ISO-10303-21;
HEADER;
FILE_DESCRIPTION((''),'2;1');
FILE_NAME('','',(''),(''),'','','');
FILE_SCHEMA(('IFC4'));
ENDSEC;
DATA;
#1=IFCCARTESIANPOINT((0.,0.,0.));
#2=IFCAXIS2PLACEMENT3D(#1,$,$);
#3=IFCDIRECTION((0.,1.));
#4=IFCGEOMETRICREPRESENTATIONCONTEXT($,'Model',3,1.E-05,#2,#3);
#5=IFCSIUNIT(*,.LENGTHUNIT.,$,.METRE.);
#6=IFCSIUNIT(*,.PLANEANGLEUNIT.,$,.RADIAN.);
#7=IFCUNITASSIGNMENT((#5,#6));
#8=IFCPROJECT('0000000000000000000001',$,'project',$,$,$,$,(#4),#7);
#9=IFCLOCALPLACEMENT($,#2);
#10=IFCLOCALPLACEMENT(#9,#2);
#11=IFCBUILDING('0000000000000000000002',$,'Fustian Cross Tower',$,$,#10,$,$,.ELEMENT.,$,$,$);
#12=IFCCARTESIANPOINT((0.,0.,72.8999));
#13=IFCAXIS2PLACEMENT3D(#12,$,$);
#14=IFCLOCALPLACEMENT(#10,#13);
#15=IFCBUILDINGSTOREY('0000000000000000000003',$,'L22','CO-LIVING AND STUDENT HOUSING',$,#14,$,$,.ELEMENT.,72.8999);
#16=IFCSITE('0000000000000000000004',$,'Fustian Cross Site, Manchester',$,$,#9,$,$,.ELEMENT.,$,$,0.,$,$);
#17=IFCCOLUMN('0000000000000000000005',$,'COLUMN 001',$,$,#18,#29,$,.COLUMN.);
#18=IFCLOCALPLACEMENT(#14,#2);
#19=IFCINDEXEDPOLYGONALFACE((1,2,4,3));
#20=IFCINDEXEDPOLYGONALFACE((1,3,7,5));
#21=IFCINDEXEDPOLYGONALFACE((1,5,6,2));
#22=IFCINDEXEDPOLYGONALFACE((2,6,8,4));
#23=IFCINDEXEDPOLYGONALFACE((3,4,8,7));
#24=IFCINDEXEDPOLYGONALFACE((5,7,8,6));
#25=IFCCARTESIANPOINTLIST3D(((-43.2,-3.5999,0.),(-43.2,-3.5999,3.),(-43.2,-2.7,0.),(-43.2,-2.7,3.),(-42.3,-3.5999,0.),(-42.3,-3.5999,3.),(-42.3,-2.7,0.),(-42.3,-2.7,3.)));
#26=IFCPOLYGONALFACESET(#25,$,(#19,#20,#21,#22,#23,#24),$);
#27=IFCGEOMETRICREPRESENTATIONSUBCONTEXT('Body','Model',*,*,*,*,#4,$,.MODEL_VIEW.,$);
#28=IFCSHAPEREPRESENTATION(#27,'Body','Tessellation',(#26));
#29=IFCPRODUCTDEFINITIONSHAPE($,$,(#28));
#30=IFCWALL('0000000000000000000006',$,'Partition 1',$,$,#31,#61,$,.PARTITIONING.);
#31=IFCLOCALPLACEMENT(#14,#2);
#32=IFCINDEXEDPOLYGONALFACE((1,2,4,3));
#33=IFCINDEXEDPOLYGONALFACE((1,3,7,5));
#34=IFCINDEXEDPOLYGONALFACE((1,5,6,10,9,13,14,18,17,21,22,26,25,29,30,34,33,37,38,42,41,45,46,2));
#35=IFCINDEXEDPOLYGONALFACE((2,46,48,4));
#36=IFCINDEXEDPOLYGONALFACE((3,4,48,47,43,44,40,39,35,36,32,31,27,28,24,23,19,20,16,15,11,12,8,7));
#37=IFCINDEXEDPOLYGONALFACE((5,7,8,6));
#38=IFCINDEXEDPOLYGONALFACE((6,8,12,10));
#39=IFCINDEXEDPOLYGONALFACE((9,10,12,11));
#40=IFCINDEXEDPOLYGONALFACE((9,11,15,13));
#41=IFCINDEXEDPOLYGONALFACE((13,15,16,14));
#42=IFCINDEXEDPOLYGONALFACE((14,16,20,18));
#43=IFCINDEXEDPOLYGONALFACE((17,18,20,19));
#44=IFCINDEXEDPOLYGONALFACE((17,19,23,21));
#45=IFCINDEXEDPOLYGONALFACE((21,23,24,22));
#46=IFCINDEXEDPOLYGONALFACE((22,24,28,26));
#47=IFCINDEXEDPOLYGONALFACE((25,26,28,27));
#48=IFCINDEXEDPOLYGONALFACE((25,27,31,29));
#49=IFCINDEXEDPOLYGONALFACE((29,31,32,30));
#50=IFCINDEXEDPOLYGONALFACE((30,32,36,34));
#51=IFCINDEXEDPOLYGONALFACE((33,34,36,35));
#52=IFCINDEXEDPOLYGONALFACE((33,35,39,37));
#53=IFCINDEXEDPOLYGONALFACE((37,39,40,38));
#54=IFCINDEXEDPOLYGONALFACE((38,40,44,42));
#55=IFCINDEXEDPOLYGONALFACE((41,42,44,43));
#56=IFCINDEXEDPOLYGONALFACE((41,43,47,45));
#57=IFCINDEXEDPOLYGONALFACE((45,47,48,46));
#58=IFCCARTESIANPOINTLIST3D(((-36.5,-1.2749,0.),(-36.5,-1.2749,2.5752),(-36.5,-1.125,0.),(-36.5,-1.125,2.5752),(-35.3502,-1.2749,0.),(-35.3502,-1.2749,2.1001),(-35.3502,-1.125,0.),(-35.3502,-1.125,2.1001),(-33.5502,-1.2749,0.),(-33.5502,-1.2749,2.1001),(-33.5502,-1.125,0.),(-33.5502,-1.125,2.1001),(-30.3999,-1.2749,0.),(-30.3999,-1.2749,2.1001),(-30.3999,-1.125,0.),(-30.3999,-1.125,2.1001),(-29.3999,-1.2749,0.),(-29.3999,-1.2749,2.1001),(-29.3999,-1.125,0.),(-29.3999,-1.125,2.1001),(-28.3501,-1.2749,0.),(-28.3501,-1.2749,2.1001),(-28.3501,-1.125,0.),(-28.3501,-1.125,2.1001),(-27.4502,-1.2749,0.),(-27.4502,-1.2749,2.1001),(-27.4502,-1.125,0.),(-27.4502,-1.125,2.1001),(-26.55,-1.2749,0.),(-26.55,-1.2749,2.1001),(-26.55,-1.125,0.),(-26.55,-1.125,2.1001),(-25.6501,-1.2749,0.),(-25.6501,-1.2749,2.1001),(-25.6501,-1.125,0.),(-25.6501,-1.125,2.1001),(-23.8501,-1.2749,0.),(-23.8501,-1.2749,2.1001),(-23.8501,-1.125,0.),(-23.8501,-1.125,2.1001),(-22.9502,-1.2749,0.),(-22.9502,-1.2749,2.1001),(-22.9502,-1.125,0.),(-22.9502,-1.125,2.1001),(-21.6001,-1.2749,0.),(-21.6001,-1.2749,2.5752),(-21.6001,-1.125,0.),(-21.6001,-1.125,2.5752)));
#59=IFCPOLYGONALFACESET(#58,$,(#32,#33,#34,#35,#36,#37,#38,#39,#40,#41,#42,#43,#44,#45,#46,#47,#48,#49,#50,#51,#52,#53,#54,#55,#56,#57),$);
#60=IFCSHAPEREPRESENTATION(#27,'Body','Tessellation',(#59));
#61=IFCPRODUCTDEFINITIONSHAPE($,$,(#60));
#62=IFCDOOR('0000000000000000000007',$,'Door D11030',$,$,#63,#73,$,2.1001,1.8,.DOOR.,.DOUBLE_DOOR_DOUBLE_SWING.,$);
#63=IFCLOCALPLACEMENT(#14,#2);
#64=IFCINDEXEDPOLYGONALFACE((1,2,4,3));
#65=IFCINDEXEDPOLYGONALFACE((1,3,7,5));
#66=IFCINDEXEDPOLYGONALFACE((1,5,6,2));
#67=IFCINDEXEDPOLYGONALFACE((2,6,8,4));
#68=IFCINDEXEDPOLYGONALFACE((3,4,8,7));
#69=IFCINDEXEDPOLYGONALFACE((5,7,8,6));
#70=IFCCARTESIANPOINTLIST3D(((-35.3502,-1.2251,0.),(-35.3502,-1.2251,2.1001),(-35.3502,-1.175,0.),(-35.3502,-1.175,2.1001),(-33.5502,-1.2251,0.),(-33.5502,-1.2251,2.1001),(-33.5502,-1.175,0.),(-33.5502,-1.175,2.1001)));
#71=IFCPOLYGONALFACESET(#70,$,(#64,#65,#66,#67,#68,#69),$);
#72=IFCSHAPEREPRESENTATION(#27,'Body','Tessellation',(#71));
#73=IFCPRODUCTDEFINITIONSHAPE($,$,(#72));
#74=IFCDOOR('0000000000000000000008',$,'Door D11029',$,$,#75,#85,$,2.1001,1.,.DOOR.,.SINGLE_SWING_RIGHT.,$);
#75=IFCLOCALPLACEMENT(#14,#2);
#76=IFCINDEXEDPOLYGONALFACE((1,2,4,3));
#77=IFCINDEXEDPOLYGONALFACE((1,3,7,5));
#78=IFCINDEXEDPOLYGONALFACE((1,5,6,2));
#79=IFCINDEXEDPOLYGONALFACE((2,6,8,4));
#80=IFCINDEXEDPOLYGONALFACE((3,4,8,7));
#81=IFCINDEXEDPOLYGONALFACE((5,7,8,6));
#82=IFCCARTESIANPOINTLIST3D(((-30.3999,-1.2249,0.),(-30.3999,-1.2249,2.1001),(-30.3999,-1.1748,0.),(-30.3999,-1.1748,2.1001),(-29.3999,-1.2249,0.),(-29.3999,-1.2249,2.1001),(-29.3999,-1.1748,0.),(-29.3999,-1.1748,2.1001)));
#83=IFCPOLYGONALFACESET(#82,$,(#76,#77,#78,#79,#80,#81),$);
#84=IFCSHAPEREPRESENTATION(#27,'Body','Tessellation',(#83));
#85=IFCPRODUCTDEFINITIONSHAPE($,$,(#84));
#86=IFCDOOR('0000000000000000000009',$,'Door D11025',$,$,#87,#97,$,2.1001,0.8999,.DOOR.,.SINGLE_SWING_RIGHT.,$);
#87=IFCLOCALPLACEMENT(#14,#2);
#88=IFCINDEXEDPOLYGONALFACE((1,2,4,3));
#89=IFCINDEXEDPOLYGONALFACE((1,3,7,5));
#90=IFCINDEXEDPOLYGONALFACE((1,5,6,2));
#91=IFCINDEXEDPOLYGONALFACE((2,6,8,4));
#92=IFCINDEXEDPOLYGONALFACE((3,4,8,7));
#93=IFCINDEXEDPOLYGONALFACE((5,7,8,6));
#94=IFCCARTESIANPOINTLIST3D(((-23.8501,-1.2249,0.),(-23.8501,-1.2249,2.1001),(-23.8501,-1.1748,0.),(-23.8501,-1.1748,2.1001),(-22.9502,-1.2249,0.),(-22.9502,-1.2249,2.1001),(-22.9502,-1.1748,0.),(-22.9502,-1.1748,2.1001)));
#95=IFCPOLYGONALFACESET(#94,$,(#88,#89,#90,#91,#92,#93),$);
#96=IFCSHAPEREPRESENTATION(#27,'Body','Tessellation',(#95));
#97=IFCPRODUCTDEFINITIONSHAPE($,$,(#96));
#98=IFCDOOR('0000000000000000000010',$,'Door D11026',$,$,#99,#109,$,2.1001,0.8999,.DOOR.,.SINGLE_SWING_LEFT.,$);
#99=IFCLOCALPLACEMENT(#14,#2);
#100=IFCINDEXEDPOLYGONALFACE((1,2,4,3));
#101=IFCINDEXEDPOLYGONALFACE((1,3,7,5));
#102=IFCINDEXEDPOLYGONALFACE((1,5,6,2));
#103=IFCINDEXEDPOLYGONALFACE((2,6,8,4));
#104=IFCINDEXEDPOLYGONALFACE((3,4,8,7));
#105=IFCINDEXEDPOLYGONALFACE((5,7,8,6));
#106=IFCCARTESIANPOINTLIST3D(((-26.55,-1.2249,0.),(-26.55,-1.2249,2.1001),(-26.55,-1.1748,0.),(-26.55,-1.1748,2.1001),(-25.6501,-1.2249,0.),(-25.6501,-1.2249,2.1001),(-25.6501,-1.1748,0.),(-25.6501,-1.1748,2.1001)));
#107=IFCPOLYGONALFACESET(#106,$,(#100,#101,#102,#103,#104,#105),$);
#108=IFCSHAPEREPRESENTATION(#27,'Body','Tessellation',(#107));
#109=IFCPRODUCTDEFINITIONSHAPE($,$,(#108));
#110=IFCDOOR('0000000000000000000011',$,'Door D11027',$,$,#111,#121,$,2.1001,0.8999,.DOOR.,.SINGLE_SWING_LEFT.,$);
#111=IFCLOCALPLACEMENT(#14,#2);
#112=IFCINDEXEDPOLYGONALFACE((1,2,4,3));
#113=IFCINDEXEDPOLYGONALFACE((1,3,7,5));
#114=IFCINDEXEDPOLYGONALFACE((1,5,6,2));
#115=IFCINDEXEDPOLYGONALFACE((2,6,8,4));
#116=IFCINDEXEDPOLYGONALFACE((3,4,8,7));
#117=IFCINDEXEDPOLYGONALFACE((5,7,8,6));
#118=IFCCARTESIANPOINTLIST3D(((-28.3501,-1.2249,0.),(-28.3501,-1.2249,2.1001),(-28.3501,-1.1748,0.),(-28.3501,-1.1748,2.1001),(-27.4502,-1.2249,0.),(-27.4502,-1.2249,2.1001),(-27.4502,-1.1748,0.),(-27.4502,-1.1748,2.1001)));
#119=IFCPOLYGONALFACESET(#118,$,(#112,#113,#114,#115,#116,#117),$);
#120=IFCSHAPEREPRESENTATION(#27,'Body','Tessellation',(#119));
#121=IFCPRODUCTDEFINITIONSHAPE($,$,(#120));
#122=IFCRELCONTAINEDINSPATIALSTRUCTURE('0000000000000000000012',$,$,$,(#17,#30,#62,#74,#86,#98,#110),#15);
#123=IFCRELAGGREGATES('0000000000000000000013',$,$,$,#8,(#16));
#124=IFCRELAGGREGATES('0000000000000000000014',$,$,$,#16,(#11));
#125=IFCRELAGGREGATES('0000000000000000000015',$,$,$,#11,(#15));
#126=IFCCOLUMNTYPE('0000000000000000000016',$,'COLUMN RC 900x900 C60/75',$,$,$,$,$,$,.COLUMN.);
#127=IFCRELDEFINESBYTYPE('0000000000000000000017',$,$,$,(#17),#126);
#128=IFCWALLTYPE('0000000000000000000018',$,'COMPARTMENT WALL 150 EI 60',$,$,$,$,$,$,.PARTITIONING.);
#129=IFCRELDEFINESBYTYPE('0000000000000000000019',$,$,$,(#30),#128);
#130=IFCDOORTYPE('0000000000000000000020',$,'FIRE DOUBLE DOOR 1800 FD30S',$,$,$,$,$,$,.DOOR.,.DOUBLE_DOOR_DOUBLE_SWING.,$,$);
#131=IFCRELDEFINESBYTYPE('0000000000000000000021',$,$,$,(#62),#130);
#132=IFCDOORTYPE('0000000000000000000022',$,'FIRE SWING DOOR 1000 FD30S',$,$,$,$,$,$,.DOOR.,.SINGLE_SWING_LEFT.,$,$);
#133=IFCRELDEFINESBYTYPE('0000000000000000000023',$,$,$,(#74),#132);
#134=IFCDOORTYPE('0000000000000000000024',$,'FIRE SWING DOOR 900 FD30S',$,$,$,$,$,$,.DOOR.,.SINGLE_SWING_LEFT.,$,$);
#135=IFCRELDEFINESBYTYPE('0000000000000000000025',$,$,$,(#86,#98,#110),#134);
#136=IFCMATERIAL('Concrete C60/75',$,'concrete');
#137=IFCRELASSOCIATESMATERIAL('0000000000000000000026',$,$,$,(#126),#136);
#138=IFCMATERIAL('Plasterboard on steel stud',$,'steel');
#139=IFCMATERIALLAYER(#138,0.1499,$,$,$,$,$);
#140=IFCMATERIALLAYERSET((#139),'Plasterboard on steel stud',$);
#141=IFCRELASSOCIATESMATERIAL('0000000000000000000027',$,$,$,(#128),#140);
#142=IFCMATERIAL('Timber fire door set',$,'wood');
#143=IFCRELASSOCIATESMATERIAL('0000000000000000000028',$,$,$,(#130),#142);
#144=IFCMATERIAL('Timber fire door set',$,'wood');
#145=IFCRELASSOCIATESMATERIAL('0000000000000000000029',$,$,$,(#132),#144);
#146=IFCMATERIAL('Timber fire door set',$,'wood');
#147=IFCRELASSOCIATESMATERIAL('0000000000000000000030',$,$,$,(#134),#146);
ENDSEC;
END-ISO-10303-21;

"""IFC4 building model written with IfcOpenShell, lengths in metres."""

from ifc_helpers import new_model, si_unit, direction, frame, frame_2d, origin, origin_2d, place, context, subcontext, project, spatial, rectangle, extrude, material, layer, layer_set, material_profile, profile_set, type_object, element, fill, save


model = new_model("IFC4")

# Units and contexts
model_context = context("Model", 3, precision=1e-05, world=origin(), true_north=direction((0.0, 1.0)))
body_context = subcontext(model_context, "Body", "Model", "MODEL_VIEW")
ifc_project = project(units=[si_unit("LENGTHUNIT", "METRE"), si_unit("PLANEANGLEUNIT", "RADIAN")], contexts=[model_context])

# Site, building, storey
site_placement = place(None, origin())
site = spatial("IfcSite", under=ifc_project, at=site_placement, Name="Fustian Cross Site, Manchester", CompositionType="ELEMENT", RefElevation=0.0)
building_placement = place(site_placement, origin())
building = spatial("IfcBuilding", under=site, at=building_placement, Name="Fustian Cross Tower", CompositionType="ELEMENT")
storey_placement = place(building_placement, frame((0.0, 0.0, 72.8999)))
storey = spatial("IfcBuildingStorey", under=building, at=storey_placement, Name="L22", Description="CO-LIVING AND STUDENT HOUSING", CompositionType="ELEMENT", Elevation=72.8999)

# Column
ifc_material_1 = material(Name="Concrete C60/75", Category="concrete")
ifc_material_profile = material_profile(ifc_material_1, rectangle(XDim=0.8999, YDim=0.8999, at=origin_2d()), Name="RC 900x900")
ifc_profile_set = profile_set([ifc_material_profile], Name="Concrete C60/75")
column_type = type_object("IfcColumnType", Name="COLUMN RC 900x900 C60/75", PredefinedType="COLUMN", material=ifc_profile_set)
column_placement = place(storey_placement, frame((-42.75, -3.1499, 0.0), z_axis=(0.0, 0.0, 1.0), x_axis=(1.0, 0.0, 0.0)))
element("IfcColumn", 1, at=column_placement, inside=storey, type_object=column_type, Name="COLUMN 001", PredefinedType="COLUMN", context=body_context, shape_type="SweptSolid", body=[
    extrude(rectangle(XDim=0.8999, YDim=0.8999, at=origin_2d()), origin(), (0.0, 0.0, 1.0), 3.0),
])

# Wall, openings, doors
ifc_material_2 = material(Name="Plasterboard on steel stud", Category="steel")
ifc_layer_1 = layer(ifc_material_2, 0.1499)
ifc_layer_set_1 = layer_set([ifc_layer_1], Name="Plasterboard on steel stud")
wall_type_1 = type_object("IfcWallType", Name="COMPARTMENT WALL 150 EI 60", PredefinedType="PARTITIONING", material=ifc_layer_set_1)
wall_1_placement = place(storey_placement, frame((-36.5, -1.2, 0.0), z_axis=(0.0, 0.0, 1.0), x_axis=(1.0, 0.0, 0.0)))
wall_1 = element("IfcWall", 2, at=wall_1_placement, inside=storey, type_object=wall_type_1, Name="Partition 1", PredefinedType="PARTITIONING", context=body_context, shape_type="SweptSolid", body=[
    extrude(rectangle(XDim=14.8999, YDim=0.1499, at=frame_2d((7.45, 0.0))), origin(), (0.0, 0.0, 1.0), 2.5752),
])
opening_1_placement = place(wall_1_placement, frame((12.6499, 0.0, 0.0)))
opening_1 = element("IfcOpeningElement", 3, at=opening_1_placement, cuts=wall_1, PredefinedType="OPENING", context=body_context, shape_type="SweptSolid", body=[
    extrude(rectangle(XDim=0.8999, YDim=2.1001, at=frame_2d((0.45, 1.05))), frame((0.0, 0.085, 0.0), z_axis=(0.0, -1.0, 0.0), x_axis=(1.0, 0.0, 0.0)), (0.0, 0.0, 1.0), 0.1699),
])
opening_2_placement = place(wall_1_placement, frame((9.95, 0.0, 0.0)))
opening_2 = element("IfcOpeningElement", 4, at=opening_2_placement, cuts=wall_1, PredefinedType="OPENING", context=body_context, shape_type="SweptSolid", body=[
    extrude(rectangle(XDim=0.8999, YDim=2.1001, at=frame_2d((0.45, 1.05))), frame((0.0, 0.085, 0.0), z_axis=(0.0, -1.0, 0.0), x_axis=(1.0, 0.0, 0.0)), (0.0, 0.0, 1.0), 0.1699),
])
opening_3_placement = place(wall_1_placement, frame((8.1499, 0.0, 0.0)))
opening_3 = element("IfcOpeningElement", 5, at=opening_3_placement, cuts=wall_1, PredefinedType="OPENING", context=body_context, shape_type="SweptSolid", body=[
    extrude(rectangle(XDim=0.8999, YDim=2.1001, at=frame_2d((0.45, 1.05))), frame((0.0, 0.085, 0.0), z_axis=(0.0, -1.0, 0.0), x_axis=(1.0, 0.0, 0.0)), (0.0, 0.0, 1.0), 0.1699),
])
opening_4_placement = place(wall_1_placement, frame((6.1001, 0.0, 0.0)))
opening_4 = element("IfcOpeningElement", 6, at=opening_4_placement, cuts=wall_1, PredefinedType="OPENING", context=body_context, shape_type="SweptSolid", body=[
    extrude(rectangle(XDim=1.0, YDim=2.1001, at=frame_2d((0.5, 1.05))), frame((0.0, 0.085, 0.0), z_axis=(0.0, -1.0, 0.0), x_axis=(1.0, 0.0, 0.0)), (0.0, 0.0, 1.0), 0.1699),
])
opening_5_placement = place(wall_1_placement, frame((1.1499, 0.0, 0.0)))
opening_5 = element("IfcOpeningElement", 7, at=opening_5_placement, cuts=wall_1, PredefinedType="OPENING", context=body_context, shape_type="SweptSolid", body=[
    extrude(rectangle(XDim=1.8, YDim=2.1001, at=frame_2d((0.8999, 1.05))), frame((0.0, 0.085, 0.0), z_axis=(0.0, -1.0, 0.0), x_axis=(1.0, 0.0, 0.0)), (0.0, 0.0, 1.0), 0.1699),
])
ifc_material_3 = material(Name="Timber fire door set", Category="wood")
door_type_1 = type_object("IfcDoorType", Name="FIRE DOUBLE DOOR 1800 FD30S", OperationType="DOUBLE_DOOR_DOUBLE_SWING", PredefinedType="DOOR", material=ifc_material_3)
door_1_placement = place(opening_5_placement, origin())
door_1 = element("IfcDoor", 8, at=door_1_placement, inside=storey, type_object=door_type_1, Name="Door D11030", OperationType="DOUBLE_DOOR_DOUBLE_SWING", OverallHeight=2.1001, OverallWidth=1.8, PredefinedType="DOOR", context=body_context, shape_type="SweptSolid", body=[
    extrude(rectangle(XDim=1.8, YDim=2.1001, at=frame_2d((0.8999, 1.05))), frame((0.0, 0.0249, 0.0), z_axis=(0.0, -1.0, 0.0), x_axis=(1.0, 0.0, 0.0)), (0.0, 0.0, 1.0), 0.05),
])
fill(opening_5, door_1)
ifc_material_4 = material(Name="Timber fire door set", Category="wood")
door_type_2 = type_object("IfcDoorType", Name="FIRE SWING DOOR 1000 FD30S", OperationType="SINGLE_SWING_LEFT", PredefinedType="DOOR", material=ifc_material_4)
door_2_placement = place(opening_4_placement, frame((1.0, 0.0, 0.0), z_axis=(0.0, 0.0, 1.0), x_axis=(-1.0, 0.0, 0.0)))
door_2 = element("IfcDoor", 9, at=door_2_placement, inside=storey, type_object=door_type_2, Name="Door D11029", OperationType="SINGLE_SWING_RIGHT", OverallHeight=2.1001, OverallWidth=1.0, PredefinedType="DOOR", context=body_context, shape_type="SweptSolid", body=[
    extrude(rectangle(XDim=1.0, YDim=2.1001, at=frame_2d((0.5, 1.05))), frame((0.0, 0.0249, 0.0), z_axis=(0.0, -1.0, 0.0), x_axis=(1.0, 0.0, 0.0)), (0.0, 0.0, 1.0), 0.05),
])
fill(opening_4, door_2)
ifc_material_5 = material(Name="Timber fire door set", Category="wood")
door_type_3 = type_object("IfcDoorType", Name="FIRE SWING DOOR 900 FD30S", OperationType="SINGLE_SWING_LEFT", PredefinedType="DOOR", material=ifc_material_5)
door_3_placement = place(opening_1_placement, frame((0.8999, 0.0, 0.0), z_axis=(0.0, 0.0, 1.0), x_axis=(-1.0, 0.0, 0.0)))
door_3 = element("IfcDoor", 10, at=door_3_placement, inside=storey, type_object=door_type_3, Name="Door D11025", OperationType="SINGLE_SWING_RIGHT", OverallHeight=2.1001, OverallWidth=0.8999, PredefinedType="DOOR", context=body_context, shape_type="SweptSolid", body=[
    extrude(rectangle(XDim=0.8999, YDim=2.1001, at=frame_2d((0.45, 1.05))), frame((0.0, 0.0249, 0.0), z_axis=(0.0, -1.0, 0.0), x_axis=(1.0, 0.0, 0.0)), (0.0, 0.0, 1.0), 0.05),
])
fill(opening_1, door_3)
door_4_placement = place(opening_2_placement, frame((0.8999, 0.0, 0.0), z_axis=(0.0, 0.0, 1.0), x_axis=(-1.0, 0.0, 0.0)))
door_4 = element("IfcDoor", 11, at=door_4_placement, inside=storey, type_object=door_type_3, Name="Door D11026", OperationType="SINGLE_SWING_LEFT", OverallHeight=2.1001, OverallWidth=0.8999, PredefinedType="DOOR", context=body_context, shape_type="SweptSolid", body=[
    extrude(rectangle(XDim=0.8999, YDim=2.1001, at=frame_2d((0.45, 1.05))), frame((0.0, 0.0249, 0.0), z_axis=(0.0, -1.0, 0.0), x_axis=(1.0, 0.0, 0.0)), (0.0, 0.0, 1.0), 0.05),
])
fill(opening_2, door_4)
door_5_placement = place(opening_3_placement, frame((0.8999, 0.0, 0.0), z_axis=(0.0, 0.0, 1.0), x_axis=(-1.0, 0.0, 0.0)))
door_5 = element("IfcDoor", 12, at=door_5_placement, inside=storey, type_object=door_type_3, Name="Door D11027", OperationType="SINGLE_SWING_LEFT", OverallHeight=2.1001, OverallWidth=0.8999, PredefinedType="DOOR", context=body_context, shape_type="SweptSolid", body=[
    extrude(rectangle(XDim=0.8999, YDim=2.1001, at=frame_2d((0.45, 1.05))), frame((0.0, 0.0249, 0.0), z_axis=(0.0, -1.0, 0.0), x_axis=(1.0, 0.0, 0.0)), (0.0, 0.0, 1.0), 0.05),
])
fill(opening_3, door_5)

save(model, "model.ifc")
